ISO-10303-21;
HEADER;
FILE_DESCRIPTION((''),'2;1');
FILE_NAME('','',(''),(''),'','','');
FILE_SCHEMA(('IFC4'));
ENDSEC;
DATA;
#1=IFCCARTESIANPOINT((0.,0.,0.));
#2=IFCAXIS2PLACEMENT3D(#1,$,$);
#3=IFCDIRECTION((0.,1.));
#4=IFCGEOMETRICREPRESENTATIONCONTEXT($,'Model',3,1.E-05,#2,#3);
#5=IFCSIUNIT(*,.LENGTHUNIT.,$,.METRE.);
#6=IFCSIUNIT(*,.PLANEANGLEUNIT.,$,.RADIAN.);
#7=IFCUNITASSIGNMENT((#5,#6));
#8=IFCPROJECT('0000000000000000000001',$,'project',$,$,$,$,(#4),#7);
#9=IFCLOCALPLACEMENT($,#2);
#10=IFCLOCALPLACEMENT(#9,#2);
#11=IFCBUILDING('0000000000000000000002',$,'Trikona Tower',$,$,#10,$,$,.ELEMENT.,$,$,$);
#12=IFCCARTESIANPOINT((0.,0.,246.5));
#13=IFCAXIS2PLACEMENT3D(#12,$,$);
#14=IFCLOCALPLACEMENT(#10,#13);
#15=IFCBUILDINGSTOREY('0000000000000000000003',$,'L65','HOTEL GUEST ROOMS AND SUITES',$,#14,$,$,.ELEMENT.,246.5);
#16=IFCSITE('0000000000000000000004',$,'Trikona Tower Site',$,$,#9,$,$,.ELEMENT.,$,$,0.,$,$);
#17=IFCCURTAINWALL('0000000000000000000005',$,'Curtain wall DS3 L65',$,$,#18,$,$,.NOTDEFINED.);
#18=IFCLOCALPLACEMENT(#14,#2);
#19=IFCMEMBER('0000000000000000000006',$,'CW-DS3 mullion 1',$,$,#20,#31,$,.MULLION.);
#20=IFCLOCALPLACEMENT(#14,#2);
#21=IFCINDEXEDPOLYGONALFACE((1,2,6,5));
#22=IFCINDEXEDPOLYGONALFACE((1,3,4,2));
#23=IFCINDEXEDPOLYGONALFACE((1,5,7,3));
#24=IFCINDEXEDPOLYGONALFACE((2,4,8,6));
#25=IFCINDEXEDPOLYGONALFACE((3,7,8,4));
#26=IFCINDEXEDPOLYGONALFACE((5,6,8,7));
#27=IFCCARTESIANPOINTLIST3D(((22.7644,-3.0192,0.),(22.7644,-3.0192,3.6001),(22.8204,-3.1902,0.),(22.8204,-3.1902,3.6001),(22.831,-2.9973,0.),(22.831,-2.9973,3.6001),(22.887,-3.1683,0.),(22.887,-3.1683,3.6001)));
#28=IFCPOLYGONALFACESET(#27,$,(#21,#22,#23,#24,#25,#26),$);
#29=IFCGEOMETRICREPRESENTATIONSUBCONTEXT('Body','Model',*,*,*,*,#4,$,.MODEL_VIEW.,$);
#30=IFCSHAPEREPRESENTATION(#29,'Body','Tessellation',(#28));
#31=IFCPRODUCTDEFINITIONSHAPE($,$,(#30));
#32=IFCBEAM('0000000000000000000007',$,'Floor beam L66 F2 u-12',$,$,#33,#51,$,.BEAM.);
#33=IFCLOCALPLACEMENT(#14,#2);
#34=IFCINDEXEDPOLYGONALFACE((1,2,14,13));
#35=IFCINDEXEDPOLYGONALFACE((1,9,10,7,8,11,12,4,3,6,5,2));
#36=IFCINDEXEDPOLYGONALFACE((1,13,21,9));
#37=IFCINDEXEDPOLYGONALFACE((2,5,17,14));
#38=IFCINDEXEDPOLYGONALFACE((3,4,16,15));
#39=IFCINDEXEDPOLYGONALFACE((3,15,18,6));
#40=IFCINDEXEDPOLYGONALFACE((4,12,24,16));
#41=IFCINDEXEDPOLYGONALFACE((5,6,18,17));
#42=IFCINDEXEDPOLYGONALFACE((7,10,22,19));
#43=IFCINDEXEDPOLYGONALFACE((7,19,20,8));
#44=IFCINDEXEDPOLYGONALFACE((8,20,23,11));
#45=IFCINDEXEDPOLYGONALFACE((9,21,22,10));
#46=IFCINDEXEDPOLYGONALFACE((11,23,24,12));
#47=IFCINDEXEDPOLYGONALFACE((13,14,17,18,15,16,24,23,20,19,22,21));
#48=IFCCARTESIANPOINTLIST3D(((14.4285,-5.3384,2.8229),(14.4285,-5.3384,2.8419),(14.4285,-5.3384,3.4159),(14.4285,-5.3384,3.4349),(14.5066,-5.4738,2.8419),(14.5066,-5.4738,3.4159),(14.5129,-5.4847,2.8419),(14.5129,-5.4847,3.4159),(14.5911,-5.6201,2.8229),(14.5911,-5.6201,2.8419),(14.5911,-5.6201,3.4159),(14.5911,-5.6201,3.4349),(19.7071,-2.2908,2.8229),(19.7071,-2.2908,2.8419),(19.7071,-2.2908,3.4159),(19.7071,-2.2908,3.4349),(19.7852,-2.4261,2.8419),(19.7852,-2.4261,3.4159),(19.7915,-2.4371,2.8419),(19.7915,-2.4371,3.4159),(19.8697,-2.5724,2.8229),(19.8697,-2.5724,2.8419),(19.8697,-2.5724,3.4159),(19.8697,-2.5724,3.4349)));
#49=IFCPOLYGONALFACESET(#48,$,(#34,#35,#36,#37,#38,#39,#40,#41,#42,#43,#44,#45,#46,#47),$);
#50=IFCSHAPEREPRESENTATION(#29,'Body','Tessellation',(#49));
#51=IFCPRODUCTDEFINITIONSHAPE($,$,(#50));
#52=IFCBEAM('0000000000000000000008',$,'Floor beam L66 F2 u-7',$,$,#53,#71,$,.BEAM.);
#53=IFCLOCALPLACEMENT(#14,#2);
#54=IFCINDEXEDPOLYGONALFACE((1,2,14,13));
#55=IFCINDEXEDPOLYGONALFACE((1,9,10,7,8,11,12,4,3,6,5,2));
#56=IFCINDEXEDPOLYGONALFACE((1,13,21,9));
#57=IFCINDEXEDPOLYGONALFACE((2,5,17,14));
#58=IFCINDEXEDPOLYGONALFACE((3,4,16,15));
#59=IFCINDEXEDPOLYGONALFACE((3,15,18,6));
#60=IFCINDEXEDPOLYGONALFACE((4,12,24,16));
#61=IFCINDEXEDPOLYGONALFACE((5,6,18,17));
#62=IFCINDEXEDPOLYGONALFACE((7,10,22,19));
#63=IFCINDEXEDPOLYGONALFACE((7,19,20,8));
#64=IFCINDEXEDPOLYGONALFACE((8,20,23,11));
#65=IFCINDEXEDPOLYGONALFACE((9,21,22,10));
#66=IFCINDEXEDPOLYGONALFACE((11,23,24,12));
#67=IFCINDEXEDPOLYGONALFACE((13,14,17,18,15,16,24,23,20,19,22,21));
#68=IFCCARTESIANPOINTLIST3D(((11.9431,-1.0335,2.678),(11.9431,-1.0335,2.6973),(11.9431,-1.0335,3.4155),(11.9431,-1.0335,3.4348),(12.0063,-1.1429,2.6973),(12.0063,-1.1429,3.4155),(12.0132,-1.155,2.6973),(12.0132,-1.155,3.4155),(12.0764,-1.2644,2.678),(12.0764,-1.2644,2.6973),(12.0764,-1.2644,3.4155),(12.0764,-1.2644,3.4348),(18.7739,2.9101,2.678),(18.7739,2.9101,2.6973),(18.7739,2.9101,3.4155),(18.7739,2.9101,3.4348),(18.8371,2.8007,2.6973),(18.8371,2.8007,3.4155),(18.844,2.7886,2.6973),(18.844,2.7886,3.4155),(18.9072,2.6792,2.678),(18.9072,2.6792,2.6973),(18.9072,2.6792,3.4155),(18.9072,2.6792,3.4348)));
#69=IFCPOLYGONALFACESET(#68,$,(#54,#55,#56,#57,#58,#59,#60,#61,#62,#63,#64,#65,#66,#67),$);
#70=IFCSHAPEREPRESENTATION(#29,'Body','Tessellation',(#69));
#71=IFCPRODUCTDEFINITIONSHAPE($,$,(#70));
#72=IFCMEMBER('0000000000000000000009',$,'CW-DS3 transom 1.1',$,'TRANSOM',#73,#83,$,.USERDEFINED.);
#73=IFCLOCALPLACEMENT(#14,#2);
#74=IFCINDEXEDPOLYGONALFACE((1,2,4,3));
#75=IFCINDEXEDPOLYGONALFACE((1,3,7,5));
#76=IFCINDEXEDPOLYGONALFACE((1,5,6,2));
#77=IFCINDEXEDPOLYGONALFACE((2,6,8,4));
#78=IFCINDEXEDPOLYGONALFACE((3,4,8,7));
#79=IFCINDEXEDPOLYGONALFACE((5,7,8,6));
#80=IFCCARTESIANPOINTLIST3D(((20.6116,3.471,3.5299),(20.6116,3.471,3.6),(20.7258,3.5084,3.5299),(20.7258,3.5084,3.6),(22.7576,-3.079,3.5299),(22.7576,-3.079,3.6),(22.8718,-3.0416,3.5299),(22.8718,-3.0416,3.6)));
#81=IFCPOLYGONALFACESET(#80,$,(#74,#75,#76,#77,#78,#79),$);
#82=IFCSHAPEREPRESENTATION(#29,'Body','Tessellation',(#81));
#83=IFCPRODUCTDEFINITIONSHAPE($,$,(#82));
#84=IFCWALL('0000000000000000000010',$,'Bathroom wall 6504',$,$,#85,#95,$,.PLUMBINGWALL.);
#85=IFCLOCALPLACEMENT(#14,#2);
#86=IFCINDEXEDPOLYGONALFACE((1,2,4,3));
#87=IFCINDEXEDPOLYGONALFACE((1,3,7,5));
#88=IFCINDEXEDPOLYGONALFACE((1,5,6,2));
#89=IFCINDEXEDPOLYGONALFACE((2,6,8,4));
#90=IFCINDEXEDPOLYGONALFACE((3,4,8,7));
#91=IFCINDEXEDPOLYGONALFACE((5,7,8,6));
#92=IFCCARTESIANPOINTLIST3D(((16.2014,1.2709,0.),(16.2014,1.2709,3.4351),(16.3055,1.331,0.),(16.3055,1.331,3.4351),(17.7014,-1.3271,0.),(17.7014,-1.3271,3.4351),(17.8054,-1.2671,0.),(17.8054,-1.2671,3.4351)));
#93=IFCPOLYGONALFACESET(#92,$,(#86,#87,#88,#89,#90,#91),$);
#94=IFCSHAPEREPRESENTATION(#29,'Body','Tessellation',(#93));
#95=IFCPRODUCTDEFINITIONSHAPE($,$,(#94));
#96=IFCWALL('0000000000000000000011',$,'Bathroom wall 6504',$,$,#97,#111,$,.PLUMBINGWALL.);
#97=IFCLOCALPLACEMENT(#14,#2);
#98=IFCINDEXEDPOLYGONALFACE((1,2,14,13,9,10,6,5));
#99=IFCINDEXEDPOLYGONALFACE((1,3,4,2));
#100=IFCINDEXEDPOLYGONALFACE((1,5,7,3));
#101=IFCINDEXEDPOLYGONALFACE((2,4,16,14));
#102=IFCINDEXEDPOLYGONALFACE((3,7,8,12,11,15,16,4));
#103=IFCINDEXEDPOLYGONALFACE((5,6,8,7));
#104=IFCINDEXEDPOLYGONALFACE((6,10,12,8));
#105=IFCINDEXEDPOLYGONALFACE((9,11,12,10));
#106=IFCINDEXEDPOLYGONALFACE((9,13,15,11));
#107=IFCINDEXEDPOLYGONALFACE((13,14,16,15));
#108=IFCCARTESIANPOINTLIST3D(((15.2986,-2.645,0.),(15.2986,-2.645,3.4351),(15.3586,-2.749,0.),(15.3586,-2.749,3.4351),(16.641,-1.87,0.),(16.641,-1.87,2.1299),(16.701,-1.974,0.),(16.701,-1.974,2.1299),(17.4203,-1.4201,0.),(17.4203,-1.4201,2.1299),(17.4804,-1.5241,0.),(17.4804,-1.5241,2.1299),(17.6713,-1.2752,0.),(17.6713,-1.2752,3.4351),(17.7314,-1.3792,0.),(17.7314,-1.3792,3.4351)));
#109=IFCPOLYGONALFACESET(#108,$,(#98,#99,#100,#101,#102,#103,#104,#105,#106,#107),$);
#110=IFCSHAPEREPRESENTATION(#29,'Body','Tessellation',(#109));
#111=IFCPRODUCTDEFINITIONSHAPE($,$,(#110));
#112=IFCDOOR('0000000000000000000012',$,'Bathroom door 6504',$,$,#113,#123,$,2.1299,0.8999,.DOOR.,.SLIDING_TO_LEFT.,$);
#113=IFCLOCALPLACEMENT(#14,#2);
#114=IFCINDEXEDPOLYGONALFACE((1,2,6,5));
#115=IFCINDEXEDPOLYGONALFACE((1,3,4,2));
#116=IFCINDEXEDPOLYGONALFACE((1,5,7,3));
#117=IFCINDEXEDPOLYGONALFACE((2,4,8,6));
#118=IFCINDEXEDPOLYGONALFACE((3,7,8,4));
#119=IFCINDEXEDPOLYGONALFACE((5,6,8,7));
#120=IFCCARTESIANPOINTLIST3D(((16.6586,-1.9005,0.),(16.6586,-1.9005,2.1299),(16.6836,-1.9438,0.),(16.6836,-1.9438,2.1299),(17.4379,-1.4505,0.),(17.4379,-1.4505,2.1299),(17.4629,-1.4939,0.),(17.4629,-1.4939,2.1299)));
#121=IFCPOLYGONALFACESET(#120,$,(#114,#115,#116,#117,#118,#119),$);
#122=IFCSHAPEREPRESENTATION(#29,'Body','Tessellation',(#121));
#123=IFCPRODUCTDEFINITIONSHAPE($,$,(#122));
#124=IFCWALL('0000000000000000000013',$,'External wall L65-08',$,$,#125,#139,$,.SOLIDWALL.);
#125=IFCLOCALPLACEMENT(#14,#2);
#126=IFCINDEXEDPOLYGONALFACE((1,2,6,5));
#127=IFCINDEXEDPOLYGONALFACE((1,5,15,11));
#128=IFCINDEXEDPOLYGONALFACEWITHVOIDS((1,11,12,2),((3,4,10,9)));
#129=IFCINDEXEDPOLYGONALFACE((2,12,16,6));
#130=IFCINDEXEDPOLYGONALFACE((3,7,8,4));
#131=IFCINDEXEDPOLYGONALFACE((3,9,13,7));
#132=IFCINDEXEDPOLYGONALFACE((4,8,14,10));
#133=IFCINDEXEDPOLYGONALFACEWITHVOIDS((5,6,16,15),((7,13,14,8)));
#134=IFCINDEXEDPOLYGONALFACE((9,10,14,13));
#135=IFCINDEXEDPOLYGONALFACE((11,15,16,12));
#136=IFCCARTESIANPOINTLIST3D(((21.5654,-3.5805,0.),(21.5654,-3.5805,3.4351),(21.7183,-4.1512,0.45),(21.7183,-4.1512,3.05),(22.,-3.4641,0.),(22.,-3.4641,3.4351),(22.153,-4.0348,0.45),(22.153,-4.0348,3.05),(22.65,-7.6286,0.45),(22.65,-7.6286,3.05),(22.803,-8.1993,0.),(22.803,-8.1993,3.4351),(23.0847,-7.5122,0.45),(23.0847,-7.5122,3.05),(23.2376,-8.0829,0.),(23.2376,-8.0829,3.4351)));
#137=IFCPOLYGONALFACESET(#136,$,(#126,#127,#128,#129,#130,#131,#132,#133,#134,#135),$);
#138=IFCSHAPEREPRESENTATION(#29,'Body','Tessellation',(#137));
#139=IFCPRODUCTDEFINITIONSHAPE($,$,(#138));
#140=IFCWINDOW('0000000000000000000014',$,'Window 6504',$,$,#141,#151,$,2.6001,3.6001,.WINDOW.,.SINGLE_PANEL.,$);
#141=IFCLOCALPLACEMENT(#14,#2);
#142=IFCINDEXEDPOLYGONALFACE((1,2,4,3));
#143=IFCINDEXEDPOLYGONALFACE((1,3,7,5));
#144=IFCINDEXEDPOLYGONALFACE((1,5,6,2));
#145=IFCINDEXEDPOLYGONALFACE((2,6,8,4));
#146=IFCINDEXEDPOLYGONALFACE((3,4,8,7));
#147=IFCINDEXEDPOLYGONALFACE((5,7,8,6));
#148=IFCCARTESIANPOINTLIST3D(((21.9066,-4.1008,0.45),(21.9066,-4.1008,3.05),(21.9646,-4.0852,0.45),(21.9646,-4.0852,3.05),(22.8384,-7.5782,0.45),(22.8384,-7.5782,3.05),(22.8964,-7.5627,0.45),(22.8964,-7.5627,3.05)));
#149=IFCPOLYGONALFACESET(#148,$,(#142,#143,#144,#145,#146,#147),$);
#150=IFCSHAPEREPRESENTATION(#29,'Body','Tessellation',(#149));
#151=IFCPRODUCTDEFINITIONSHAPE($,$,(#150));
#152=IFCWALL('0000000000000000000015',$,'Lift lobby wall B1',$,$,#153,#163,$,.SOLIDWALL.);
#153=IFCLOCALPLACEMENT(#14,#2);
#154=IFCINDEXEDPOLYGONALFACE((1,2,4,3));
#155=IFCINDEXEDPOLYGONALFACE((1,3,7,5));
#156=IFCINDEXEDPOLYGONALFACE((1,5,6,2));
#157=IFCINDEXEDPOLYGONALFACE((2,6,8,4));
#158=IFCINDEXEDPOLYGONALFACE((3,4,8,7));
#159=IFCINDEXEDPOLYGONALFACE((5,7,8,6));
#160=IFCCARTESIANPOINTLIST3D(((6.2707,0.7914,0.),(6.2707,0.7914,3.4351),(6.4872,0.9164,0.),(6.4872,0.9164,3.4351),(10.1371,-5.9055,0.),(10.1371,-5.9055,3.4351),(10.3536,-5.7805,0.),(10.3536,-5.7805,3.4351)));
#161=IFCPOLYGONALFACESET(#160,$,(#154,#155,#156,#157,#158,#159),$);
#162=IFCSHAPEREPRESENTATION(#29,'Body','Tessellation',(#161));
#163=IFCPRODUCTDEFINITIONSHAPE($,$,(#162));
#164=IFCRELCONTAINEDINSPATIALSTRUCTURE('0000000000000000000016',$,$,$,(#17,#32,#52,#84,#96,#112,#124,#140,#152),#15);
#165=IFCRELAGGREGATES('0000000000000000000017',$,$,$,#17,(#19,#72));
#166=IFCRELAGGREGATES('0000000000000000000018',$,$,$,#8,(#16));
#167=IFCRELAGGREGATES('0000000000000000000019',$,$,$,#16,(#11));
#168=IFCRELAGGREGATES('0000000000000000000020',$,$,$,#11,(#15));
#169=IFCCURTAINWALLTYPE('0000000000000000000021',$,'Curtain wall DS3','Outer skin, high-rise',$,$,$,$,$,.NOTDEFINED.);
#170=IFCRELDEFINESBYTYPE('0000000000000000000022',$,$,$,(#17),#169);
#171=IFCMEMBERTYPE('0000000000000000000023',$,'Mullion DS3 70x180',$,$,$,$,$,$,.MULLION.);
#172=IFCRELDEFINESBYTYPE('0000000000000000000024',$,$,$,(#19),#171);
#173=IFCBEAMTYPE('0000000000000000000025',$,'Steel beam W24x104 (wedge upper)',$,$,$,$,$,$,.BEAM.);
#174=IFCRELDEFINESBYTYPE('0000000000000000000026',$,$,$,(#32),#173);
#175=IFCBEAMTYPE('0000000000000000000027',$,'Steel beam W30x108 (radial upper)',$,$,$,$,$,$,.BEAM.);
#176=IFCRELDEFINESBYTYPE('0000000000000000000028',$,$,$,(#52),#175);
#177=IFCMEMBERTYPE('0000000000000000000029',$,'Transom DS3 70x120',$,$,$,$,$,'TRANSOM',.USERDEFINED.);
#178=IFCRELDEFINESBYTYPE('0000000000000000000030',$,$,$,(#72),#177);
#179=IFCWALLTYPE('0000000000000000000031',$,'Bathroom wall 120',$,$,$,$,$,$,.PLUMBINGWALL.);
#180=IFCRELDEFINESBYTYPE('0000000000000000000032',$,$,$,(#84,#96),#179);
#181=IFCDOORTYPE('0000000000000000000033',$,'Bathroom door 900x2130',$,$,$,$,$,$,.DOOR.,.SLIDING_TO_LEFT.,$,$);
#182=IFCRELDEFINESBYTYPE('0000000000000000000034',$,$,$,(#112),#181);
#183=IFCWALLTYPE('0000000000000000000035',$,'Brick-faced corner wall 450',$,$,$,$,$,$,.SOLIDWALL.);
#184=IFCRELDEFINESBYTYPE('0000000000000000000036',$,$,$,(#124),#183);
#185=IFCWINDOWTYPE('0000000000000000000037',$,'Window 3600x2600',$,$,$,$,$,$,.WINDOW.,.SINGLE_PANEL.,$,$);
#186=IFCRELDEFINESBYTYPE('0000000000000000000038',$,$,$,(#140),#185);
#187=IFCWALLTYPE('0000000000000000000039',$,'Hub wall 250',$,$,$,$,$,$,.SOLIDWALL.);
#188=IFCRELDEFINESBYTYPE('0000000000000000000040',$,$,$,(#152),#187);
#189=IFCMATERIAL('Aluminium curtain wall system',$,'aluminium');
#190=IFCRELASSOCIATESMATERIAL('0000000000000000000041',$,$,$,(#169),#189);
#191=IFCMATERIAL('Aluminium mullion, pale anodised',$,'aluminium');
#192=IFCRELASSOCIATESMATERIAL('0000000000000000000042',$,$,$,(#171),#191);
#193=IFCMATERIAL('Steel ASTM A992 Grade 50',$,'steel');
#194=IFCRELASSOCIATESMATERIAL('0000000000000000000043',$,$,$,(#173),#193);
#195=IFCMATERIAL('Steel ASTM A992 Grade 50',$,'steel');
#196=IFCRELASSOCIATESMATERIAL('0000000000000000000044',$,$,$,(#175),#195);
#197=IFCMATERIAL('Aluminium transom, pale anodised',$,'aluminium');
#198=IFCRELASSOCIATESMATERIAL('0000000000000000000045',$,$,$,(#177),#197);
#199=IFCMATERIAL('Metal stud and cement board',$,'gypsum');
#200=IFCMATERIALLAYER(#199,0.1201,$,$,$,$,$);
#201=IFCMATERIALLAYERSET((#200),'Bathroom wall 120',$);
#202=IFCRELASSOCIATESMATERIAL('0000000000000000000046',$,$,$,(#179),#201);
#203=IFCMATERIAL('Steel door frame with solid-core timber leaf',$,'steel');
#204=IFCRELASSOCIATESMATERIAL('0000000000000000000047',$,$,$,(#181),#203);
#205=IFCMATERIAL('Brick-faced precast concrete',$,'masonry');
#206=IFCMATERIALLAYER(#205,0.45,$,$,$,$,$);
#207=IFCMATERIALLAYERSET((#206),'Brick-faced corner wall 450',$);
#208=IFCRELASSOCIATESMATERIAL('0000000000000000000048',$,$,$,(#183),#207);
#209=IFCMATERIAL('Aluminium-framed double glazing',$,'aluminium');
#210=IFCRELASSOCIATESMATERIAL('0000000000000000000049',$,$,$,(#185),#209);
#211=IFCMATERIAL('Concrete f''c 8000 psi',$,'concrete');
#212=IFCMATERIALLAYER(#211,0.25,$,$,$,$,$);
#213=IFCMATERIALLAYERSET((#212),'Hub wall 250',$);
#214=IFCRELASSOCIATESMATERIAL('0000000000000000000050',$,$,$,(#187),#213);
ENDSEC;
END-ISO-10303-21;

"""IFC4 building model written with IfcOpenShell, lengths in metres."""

from ifc_helpers import new_model, si_unit, direction, frame, frame_2d, origin, origin_2d, place, context, subcontext, project, spatial, rectangle, i_section, extrude, material, layer, layer_set, material_profile, profile_set, type_object, element, fill, aggregate, save


model = new_model("IFC4")

# Units and contexts
model_context = context("Model", 3, precision=1e-05, world=origin(), true_north=direction((0.0, 1.0)))
body_context = subcontext(model_context, "Body", "Model", "MODEL_VIEW")
ifc_project = project(units=[si_unit("LENGTHUNIT", "METRE"), si_unit("PLANEANGLEUNIT", "RADIAN")], contexts=[model_context])

# Site, building, storey
site_placement = place(None, origin())
site = spatial("IfcSite", under=ifc_project, at=site_placement, Name="Trikona Tower Site", CompositionType="ELEMENT", RefElevation=0.0)
building_placement = place(site_placement, origin())
building = spatial("IfcBuilding", under=site, at=building_placement, Name="Trikona Tower", CompositionType="ELEMENT")
storey_placement = place(building_placement, frame((0.0, 0.0, 246.5)))
storey = spatial("IfcBuildingStorey", under=building, at=storey_placement, Name="L65", Description="HOTEL GUEST ROOMS AND SUITES", CompositionType="ELEMENT", Elevation=246.5)

# Curtain wall, member
ifc_material_1 = material(Name="Aluminium curtain wall system", Category="aluminium")
curtain_wall_type = type_object("IfcCurtainWallType", Name="Curtain wall DS3", Description="Outer skin, high-rise", PredefinedType="NOTDEFINED", material=ifc_material_1)
curtain_wall_placement = place(storey_placement, origin())
curtain_wall = element("IfcCurtainWall", 1, at=curtain_wall_placement, inside=storey, type_object=curtain_wall_type, Name="Curtain wall DS3 L65", PredefinedType="NOTDEFINED")
ifc_material_2 = material(Name="Aluminium mullion, pale anodised", Category="aluminium")
ifc_material_profile_1 = material_profile(ifc_material_2, rectangle(XDim=0.0701, YDim=0.1799, at=origin_2d()), Name="MUL-DS3")
ifc_profile_set_1 = profile_set([ifc_material_profile_1], Name="Aluminium mullion, pale anodised")
member_type_1 = type_object("IfcMemberType", Name="Mullion DS3 70x180", PredefinedType="MULLION", material=ifc_profile_set_1)
member_1_placement = place(storey_placement, frame((22.8257, -3.0938, 0.0), z_axis=(0.0, 0.0, 1.0), x_axis=(-0.950297, -0.311344, 0.0)))
member_1 = element("IfcMember", 2, at=member_1_placement, type_object=member_type_1, Name="CW-DS3 mullion 1", PredefinedType="MULLION", context=body_context, shape_type="SweptSolid", body=[
    extrude(rectangle(XDim=0.0701, YDim=0.1799, at=origin_2d()), origin(), (0.0, 0.0, 1.0), 3.6001),
])

# Beams
ifc_material_3 = material(Name="Steel ASTM A992 Grade 50", Category="steel")
ifc_material_profile_2 = material_profile(ifc_material_3, i_section(OverallWidth=0.3252, OverallDepth=0.6121, WebThickness=0.0127, FlangeThickness=0.019, at=origin_2d()), Name="W24X104")
ifc_profile_set_2 = profile_set([ifc_material_profile_2], Name="Steel ASTM A992 Grade 50")
beam_type_1 = type_object("IfcBeamType", Name="Steel beam W24x104 (wedge upper)", PredefinedType="BEAM", material=ifc_profile_set_2)
beam_1_placement = place(storey_placement, frame((14.5098, -5.4792, 3.1289), z_axis=(0.866023, 0.500003, 0.0), x_axis=(-0.500003, 0.866023, 0.0)))
element("IfcBeam", 3, at=beam_1_placement, inside=storey, type_object=beam_type_1, Name="Floor beam L66 F2 u-12", PredefinedType="BEAM", context=body_context, shape_type="SweptSolid", body=[
    extrude(i_section(OverallWidth=0.3252, OverallDepth=0.6121, WebThickness=0.0127, FlangeThickness=0.019, at=origin_2d()), origin(), (0.0, 0.0, 1.0), 6.0952),
])
ifc_material_4 = material(Name="Steel ASTM A992 Grade 50", Category="steel")
ifc_material_profile_3 = material_profile(ifc_material_4, i_section(OverallWidth=0.2666, OverallDepth=0.7568, WebThickness=0.0139, FlangeThickness=0.0193, at=origin_2d()), Name="W30X108")
ifc_profile_set_3 = profile_set([ifc_material_profile_3], Name="Steel ASTM A992 Grade 50")
beam_type_2 = type_object("IfcBeamType", Name="Steel beam W30x108 (radial upper)", PredefinedType="BEAM", material=ifc_profile_set_3)
beam_2_placement = place(storey_placement, frame((12.0098, -1.1489, 3.0564), z_axis=(0.866035, 0.499984, 0.0), x_axis=(-0.499984, 0.866035, 0.0)))
element("IfcBeam", 4, at=beam_2_placement, inside=storey, type_object=beam_type_2, Name="Floor beam L66 F2 u-7", PredefinedType="BEAM", context=body_context, shape_type="SweptSolid", body=[
    extrude(i_section(OverallWidth=0.2666, OverallDepth=0.7568, WebThickness=0.0139, FlangeThickness=0.0193, at=origin_2d()), origin(), (0.0, 0.0, 1.0), 7.8875),
])

# Member
ifc_material_5 = material(Name="Aluminium transom, pale anodised", Category="aluminium")
ifc_material_profile_4 = material_profile(ifc_material_5, rectangle(XDim=0.1201, YDim=0.0701, at=origin_2d()), Name="TRN-DS3")
ifc_profile_set_4 = profile_set([ifc_material_profile_4], Name="Aluminium transom, pale anodised")
member_type_2 = type_object("IfcMemberType", Name="Transom DS3 70x120", ElementType="TRANSOM", PredefinedType="USERDEFINED", material=ifc_profile_set_4)
member_2_placement = place(storey_placement, frame((22.8147, -3.0603, 3.5649), z_axis=(-0.311346, 0.950297, 0.0), x_axis=(-0.950297, -0.311346, 0.0)))
member_2 = element("IfcMember", 5, at=member_2_placement, type_object=member_type_2, Name="CW-DS3 transom 1.1", ObjectType="TRANSOM", PredefinedType="USERDEFINED", context=body_context, shape_type="SweptSolid", body=[
    extrude(rectangle(XDim=0.1201, YDim=0.0701, at=origin_2d()), origin(), (0.0, 0.0, 1.0), 6.8926),
])
aggregate(curtain_wall, [member_1, member_2])

# Wall
ifc_material_6 = material(Name="Metal stud and cement board", Category="gypsum")
ifc_layer_1 = layer(ifc_material_6, 0.1201)
ifc_layer_set_1 = layer_set([ifc_layer_1], Name="Bathroom wall 120")
wall_type_1 = type_object("IfcWallType", Name="Bathroom wall 120", PredefinedType="PLUMBINGWALL", material=ifc_layer_set_1)
wall_1_placement = place(storey_placement, frame((17.7534, -1.2971, 0.0), z_axis=(0.0, 0.0, 1.0), x_axis=(-0.49999, 0.866031, 0.0)))
element("IfcWall", 6, at=wall_1_placement, inside=storey, type_object=wall_type_1, Name="Bathroom wall 6504", PredefinedType="PLUMBINGWALL", context=body_context, shape_type="SweptSolid", body=[
    extrude(rectangle(XDim=3.0, YDim=0.1201, at=frame_2d((1.5, 0.0))), origin(), (0.0, 0.0, 1.0), 3.4351),
])

# Wall, opening, door
wall_2_placement = place(storey_placement, frame((15.3286, -2.697, 0.0), z_axis=(0.0, 0.0, 1.0), x_axis=(0.866036, 0.499982, 0.0)))
wall_2 = element("IfcWall", 7, at=wall_2_placement, inside=storey, type_object=wall_type_1, Name="Bathroom wall 6504", PredefinedType="PLUMBINGWALL", context=body_context, shape_type="SweptSolid", body=[
    extrude(rectangle(XDim=2.7397, YDim=0.1201, at=frame_2d((1.3699, 0.0))), origin(), (0.0, 0.0, 1.0), 3.4351),
])
opening_1_placement = place(wall_2_placement, frame((1.55, 0.0, 0.0)))
opening_1 = element("IfcOpeningElement", 8, at=opening_1_placement, cuts=wall_2, PredefinedType="OPENING", context=body_context, shape_type="SweptSolid", body=[
    extrude(rectangle(XDim=0.8999, YDim=2.1299, at=frame_2d((0.45, 1.0649))), frame((0.0, 0.0701, 0.0), z_axis=(0.0, -1.0, 0.0), x_axis=(1.0, 0.0, 0.0)), (0.0, 0.0, 1.0), 0.1401),
])
ifc_material_7 = material(Name="Steel door frame with solid-core timber leaf", Category="steel")
door_type_1 = type_object("IfcDoorType", Name="Bathroom door 900x2130", OperationType="SLIDING_TO_LEFT", PredefinedType="DOOR", material=ifc_material_7)
door_1_placement = place(opening_1_placement, origin())
door_1 = element("IfcDoor", 9, at=door_1_placement, inside=storey, type_object=door_type_1, Name="Bathroom door 6504", OperationType="SLIDING_TO_LEFT", OverallHeight=2.1299, OverallWidth=0.8999, PredefinedType="DOOR", context=body_context, shape_type="SweptSolid", body=[
    extrude(rectangle(XDim=0.8999, YDim=2.1299, at=frame_2d((0.45, 1.0649))), frame((0.0, 0.0249, 0.0), z_axis=(0.0, -1.0, 0.0), x_axis=(1.0, 0.0, 0.0)), (0.0, 0.0, 1.0), 0.05),
])
fill(opening_1, door_1)

# Wall, opening, window
ifc_material_8 = material(Name="Brick-faced precast concrete", Category="masonry")
ifc_layer_2 = layer(ifc_material_8, 0.45)
ifc_layer_set_2 = layer_set([ifc_layer_2], Name="Brick-faced corner wall 450")
wall_type_2 = type_object("IfcWallType", Name="Brick-faced corner wall 450", PredefinedType="SOLIDWALL", material=ifc_layer_set_2)
wall_3_placement = place(storey_placement, frame((23.0203, -8.1411, 0.0), z_axis=(0.0, 0.0, 1.0), x_axis=(-0.258803, 0.96593, 0.0)))
wall_3 = element("IfcWall", 10, at=wall_3_placement, inside=storey, type_object=wall_type_2, Name="External wall L65-08", PredefinedType="SOLIDWALL", context=body_context, shape_type="SweptSolid", body=[
    extrude(rectangle(XDim=4.7817, YDim=0.45, at=frame_2d((2.3909, 0.0))), origin(), (0.0, 0.0, 1.0), 3.4351),
])
opening_2_placement = place(wall_3_placement, frame((0.5908, 0.0, 0.45)))
opening_2 = element("IfcOpeningElement", 11, at=opening_2_placement, cuts=wall_3, PredefinedType="OPENING", context=body_context, shape_type="SweptSolid", body=[
    extrude(rectangle(XDim=3.6001, YDim=2.6001, at=frame_2d((1.8, 1.3))), frame((0.0, 0.2349, 0.0), z_axis=(0.0, -1.0, 0.0), x_axis=(1.0, 0.0, 0.0)), (0.0, 0.0, 1.0), 0.47),
])
ifc_material_9 = material(Name="Aluminium-framed double glazing", Category="aluminium")
window_type_1 = type_object("IfcWindowType", Name="Window 3600x2600", PartitioningType="SINGLE_PANEL", PredefinedType="WINDOW", material=ifc_material_9)
window_1_placement = place(opening_2_placement, origin())
window_1 = element("IfcWindow", 12, at=window_1_placement, inside=storey, type_object=window_type_1, Name="Window 6504", OverallHeight=2.6001, OverallWidth=3.6001, PartitioningType="SINGLE_PANEL", PredefinedType="WINDOW", context=body_context, shape_type="SweptSolid", body=[
    extrude(rectangle(XDim=3.6001, YDim=2.6001, at=frame_2d((1.8, 1.3))), frame((0.0, 0.03, 0.0), z_axis=(0.0, -1.0, 0.0), x_axis=(1.0, 0.0, 0.0)), (0.0, 0.0, 1.0), 0.0601),
])
fill(opening_2, window_1)

# Wall
ifc_material_10 = material(Name="Concrete f'c 8000 psi", Category="concrete")
ifc_layer_3 = layer(ifc_material_10, 0.25)
ifc_layer_set_3 = layer_set([ifc_layer_3], Name="Hub wall 250")
wall_type_3 = type_object("IfcWallType", Name="Hub wall 250", PredefinedType="SOLIDWALL", material=ifc_layer_set_3)
wall_4_placement = place(storey_placement, frame((10.2454, -5.843, 0.0), z_axis=(0.0, 0.0, 1.0), x_axis=(-0.499993, 0.866029, 0.0)))
element("IfcWall", 13, at=wall_4_placement, inside=storey, type_object=wall_type_3, Name="Lift lobby wall B1", PredefinedType="SOLIDWALL", context=body_context, shape_type="SweptSolid", body=[
    extrude(rectangle(XDim=7.7329, YDim=0.25, at=frame_2d((3.8665, 0.0))), origin(), (0.0, 0.0, 1.0), 3.4351),
])

save(model, "model.ifc")
